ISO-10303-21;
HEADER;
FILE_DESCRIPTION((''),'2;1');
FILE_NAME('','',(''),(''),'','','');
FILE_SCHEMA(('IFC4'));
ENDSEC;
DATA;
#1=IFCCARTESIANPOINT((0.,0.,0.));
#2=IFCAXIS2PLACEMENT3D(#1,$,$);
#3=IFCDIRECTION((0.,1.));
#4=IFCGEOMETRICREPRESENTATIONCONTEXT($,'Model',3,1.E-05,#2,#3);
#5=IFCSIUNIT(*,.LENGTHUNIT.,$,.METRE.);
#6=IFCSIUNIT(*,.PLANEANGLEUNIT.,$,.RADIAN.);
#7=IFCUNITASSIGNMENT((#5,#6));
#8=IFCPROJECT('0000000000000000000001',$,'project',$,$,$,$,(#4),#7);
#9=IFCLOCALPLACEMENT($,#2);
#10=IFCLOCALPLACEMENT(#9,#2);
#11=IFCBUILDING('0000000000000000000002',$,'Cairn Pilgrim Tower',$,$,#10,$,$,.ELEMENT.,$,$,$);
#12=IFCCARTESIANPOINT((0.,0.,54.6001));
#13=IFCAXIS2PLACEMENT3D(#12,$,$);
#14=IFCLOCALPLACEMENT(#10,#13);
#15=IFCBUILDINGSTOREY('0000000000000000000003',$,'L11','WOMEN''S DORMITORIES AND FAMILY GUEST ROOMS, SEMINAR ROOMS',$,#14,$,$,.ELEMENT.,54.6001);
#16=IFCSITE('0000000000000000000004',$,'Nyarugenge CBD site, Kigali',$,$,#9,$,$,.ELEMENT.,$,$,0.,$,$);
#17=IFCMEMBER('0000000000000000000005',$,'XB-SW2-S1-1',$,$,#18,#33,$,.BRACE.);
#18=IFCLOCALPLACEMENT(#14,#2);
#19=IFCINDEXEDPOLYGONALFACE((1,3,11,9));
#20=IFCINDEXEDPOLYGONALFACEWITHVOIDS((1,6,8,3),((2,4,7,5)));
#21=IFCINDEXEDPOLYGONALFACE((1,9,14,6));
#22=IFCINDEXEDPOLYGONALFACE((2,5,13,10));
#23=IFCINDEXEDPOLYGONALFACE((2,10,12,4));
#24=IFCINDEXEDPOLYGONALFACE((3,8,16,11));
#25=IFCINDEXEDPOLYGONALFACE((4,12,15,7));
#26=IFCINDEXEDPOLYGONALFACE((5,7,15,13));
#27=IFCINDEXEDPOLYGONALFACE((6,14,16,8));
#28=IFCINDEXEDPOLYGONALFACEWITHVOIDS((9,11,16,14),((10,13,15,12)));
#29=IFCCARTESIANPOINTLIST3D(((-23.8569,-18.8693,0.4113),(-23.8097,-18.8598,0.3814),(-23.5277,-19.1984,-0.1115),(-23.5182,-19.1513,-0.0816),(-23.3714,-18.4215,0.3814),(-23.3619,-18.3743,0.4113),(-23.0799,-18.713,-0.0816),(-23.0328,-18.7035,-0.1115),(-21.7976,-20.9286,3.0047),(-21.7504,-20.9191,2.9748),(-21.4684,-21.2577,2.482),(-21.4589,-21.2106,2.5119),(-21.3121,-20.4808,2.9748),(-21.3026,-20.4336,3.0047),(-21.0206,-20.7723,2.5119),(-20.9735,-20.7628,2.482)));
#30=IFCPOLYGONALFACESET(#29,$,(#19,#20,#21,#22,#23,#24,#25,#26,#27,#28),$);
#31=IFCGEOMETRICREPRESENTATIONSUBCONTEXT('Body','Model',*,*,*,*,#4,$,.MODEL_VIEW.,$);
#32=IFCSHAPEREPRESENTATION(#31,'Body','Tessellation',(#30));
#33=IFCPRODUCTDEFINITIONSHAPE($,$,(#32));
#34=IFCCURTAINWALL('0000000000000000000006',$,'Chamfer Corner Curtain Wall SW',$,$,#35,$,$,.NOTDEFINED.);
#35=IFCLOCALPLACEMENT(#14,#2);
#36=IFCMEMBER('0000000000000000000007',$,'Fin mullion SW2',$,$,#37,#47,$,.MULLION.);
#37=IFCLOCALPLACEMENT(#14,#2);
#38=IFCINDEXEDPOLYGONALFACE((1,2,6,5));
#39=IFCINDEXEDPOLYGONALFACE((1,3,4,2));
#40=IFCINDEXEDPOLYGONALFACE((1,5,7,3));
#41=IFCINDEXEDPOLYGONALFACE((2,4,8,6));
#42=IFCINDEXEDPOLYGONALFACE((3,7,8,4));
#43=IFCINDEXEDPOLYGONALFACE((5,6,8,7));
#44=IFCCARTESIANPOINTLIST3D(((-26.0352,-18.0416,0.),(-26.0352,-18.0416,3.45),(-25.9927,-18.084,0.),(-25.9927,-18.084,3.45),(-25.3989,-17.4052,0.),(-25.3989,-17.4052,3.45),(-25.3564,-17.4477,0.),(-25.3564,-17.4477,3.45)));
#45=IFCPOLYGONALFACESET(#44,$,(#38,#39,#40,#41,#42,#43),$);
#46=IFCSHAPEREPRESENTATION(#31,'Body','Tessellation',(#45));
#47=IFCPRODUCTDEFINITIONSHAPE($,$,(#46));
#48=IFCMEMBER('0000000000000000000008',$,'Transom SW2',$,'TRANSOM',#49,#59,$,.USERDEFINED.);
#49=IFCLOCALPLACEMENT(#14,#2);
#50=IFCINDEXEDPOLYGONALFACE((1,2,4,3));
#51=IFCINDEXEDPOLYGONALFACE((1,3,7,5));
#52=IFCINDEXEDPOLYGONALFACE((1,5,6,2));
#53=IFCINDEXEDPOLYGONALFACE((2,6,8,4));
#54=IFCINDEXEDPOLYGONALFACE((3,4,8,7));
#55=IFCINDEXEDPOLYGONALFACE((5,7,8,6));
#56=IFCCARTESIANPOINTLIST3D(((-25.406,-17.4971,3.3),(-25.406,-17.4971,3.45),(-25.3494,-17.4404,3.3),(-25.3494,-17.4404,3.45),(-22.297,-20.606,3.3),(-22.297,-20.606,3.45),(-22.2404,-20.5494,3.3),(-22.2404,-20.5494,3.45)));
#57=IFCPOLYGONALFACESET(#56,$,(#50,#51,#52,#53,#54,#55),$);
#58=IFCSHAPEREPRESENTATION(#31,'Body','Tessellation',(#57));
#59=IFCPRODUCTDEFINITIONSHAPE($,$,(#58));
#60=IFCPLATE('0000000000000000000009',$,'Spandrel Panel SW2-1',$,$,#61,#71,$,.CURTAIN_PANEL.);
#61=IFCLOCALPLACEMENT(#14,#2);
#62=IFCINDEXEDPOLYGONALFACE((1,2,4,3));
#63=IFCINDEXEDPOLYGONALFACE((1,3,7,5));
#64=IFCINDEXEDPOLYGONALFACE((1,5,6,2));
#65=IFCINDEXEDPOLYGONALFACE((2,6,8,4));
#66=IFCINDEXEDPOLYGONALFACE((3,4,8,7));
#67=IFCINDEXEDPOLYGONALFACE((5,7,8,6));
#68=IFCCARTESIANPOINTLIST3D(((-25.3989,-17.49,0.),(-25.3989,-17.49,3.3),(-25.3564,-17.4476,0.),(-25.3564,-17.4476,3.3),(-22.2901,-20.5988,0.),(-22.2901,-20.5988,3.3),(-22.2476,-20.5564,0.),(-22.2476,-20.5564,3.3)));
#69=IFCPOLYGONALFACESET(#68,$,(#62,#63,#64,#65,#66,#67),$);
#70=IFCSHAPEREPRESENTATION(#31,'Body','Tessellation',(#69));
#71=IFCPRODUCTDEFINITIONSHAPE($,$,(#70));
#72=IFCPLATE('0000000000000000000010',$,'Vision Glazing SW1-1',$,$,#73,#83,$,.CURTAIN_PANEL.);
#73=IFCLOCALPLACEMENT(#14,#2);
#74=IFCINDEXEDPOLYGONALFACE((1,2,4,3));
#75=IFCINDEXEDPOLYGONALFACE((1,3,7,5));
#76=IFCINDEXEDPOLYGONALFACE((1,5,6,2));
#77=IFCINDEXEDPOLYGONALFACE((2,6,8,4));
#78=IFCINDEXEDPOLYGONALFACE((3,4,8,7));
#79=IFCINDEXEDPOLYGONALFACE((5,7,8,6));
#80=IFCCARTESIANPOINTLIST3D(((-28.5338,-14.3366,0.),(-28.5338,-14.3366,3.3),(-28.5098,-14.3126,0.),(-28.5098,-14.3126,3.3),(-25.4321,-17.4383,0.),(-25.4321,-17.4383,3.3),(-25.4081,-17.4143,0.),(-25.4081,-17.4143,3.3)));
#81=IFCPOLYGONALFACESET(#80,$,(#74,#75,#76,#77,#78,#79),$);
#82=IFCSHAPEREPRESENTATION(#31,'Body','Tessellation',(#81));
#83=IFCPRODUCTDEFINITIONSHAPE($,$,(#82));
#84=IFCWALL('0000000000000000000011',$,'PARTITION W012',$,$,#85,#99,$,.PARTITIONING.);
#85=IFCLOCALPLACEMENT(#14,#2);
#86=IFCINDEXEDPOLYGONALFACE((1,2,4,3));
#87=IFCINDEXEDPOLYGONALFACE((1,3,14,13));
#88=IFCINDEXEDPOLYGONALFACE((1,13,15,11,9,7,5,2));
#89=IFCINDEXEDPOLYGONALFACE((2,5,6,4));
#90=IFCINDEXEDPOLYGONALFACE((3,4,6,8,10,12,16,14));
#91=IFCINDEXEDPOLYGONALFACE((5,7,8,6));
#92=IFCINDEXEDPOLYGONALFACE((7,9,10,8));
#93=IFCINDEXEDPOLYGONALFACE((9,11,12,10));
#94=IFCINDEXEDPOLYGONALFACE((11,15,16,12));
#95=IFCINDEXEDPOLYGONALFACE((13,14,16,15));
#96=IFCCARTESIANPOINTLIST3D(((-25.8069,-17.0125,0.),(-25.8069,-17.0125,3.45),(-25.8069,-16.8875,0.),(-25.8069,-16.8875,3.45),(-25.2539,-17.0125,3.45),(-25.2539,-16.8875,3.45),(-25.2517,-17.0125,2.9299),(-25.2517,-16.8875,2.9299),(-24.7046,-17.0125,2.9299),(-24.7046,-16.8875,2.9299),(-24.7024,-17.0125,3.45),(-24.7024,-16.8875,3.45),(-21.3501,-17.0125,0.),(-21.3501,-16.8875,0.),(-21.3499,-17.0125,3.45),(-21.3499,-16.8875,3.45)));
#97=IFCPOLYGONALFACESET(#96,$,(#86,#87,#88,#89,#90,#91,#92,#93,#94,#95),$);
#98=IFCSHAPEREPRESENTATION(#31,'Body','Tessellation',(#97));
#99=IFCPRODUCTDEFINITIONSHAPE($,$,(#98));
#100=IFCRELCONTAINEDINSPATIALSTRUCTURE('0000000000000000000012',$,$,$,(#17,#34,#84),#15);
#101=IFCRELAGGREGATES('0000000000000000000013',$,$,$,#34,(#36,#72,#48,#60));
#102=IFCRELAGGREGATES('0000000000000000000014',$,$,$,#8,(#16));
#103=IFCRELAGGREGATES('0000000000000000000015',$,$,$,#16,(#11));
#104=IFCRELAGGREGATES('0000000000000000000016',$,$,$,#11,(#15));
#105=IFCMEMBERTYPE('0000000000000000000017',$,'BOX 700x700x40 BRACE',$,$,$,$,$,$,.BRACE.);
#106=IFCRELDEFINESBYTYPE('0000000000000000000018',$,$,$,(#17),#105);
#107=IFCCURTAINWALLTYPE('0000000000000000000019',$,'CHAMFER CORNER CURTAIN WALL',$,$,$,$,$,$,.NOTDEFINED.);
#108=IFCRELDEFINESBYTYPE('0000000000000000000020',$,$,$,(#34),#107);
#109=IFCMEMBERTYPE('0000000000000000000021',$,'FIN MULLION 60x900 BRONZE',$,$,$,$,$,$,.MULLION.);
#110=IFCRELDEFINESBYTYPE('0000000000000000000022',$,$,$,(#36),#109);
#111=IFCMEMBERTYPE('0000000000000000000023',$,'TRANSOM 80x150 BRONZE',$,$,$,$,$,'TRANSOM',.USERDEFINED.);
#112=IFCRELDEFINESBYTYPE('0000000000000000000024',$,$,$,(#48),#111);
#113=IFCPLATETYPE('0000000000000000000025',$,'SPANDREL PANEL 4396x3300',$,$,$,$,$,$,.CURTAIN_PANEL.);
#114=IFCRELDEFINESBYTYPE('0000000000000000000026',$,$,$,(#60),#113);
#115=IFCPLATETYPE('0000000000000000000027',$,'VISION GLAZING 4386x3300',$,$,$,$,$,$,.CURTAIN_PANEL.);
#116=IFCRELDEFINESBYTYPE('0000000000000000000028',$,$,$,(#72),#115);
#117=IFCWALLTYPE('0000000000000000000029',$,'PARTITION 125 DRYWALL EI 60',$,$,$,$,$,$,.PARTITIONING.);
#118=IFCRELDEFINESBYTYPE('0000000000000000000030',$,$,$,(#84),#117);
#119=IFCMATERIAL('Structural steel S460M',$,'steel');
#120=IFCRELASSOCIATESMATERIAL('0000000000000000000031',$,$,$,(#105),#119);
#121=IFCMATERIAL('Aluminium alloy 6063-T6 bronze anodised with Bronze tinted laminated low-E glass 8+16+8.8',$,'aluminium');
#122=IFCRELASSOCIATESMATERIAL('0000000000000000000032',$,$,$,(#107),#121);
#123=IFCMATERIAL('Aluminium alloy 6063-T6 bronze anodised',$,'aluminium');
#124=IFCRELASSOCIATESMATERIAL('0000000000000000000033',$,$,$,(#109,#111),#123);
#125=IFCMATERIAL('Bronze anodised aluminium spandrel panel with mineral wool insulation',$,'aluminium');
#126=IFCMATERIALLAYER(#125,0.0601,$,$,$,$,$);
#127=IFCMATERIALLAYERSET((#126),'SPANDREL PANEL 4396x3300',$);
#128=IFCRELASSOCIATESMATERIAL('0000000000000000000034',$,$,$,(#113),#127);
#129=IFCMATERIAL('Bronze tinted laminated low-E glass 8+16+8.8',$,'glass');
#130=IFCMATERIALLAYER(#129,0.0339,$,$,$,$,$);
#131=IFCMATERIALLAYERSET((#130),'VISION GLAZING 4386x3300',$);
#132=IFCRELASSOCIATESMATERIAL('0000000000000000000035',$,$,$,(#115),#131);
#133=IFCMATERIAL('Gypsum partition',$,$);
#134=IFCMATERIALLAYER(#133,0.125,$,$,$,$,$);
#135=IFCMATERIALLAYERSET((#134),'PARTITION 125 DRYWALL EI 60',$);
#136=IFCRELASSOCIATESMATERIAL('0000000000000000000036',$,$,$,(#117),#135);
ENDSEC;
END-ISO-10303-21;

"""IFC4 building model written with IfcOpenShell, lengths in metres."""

from ifc_helpers import new_model, si_unit, direction, frame, origin, origin_2d, place, context, subcontext, project, spatial, polyline, rectangle, hollow_rectangle, outline, extrude, material, layer, layer_set, material_profile, profile_set, type_object, element, aggregate, save


model = new_model("IFC4")

# Units and contexts
model_context = context("Model", 3, precision=1e-05, world=origin(), true_north=direction((0.0, 1.0)))
body_context = subcontext(model_context, "Body", "Model", "MODEL_VIEW")
ifc_project = project(units=[si_unit("LENGTHUNIT", "METRE"), si_unit("PLANEANGLEUNIT", "RADIAN")], contexts=[model_context])

# Site, building, storey
site_placement = place(None, origin())
site = spatial("IfcSite", under=ifc_project, at=site_placement, Name="Nyarugenge CBD site, Kigali", CompositionType="ELEMENT", RefElevation=0.0)
building_placement = place(site_placement, origin())
building = spatial("IfcBuilding", under=site, at=building_placement, Name="Cairn Pilgrim Tower", CompositionType="ELEMENT")
storey_placement = place(building_placement, frame((0.0, 0.0, 54.6001)))
storey = spatial("IfcBuildingStorey", under=building, at=storey_placement, Name="L11", Description="WOMEN'S DORMITORIES AND FAMILY GUEST ROOMS, SEMINAR ROOMS", CompositionType="ELEMENT", Elevation=54.6001)

# Member
ifc_material_1 = material(Name="Structural steel S460M", Category="steel")
ifc_material_profile_1 = material_profile(ifc_material_1, hollow_rectangle(XDim=0.7, YDim=0.7, WallThickness=0.04, at=origin_2d()), Name="BOX 700x700x40")
ifc_profile_set_1 = profile_set([ifc_material_profile_1], Name="Structural steel S460M")
member_type_1 = type_object("IfcMemberType", Name="BOX 700x700x40 BRACE", PredefinedType="BRACE", material=ifc_profile_set_1)
member_1_placement = place(storey_placement, frame((-23.4448, -18.7864, 0.1499), z_axis=(0.528068, -0.528068, 0.665047), x_axis=(0.707107, 0.707107, 0.0)))
element("IfcMember", 1, at=member_1_placement, inside=storey, type_object=member_type_1, Name="XB-SW2-S1-1", PredefinedType="BRACE", context=body_context, shape_type="SweptSolid", body=[
    extrude(hollow_rectangle(XDim=0.7, YDim=0.7, WallThickness=0.04, at=origin_2d()), origin(), (0.0, 0.0, 1.0), 3.8997),
])

# Curtain wall, members, plates
ifc_material_2 = material(Name="Aluminium alloy 6063-T6 bronze anodised with Bronze tinted laminated low-E glass 8+16+8.8", Category="aluminium")
curtain_wall_type = type_object("IfcCurtainWallType", Name="CHAMFER CORNER CURTAIN WALL", PredefinedType="NOTDEFINED", material=ifc_material_2)
curtain_wall_placement = place(storey_placement, origin())
curtain_wall = element("IfcCurtainWall", 2, at=curtain_wall_placement, inside=storey, type_object=curtain_wall_type, Name="Chamfer Corner Curtain Wall SW", PredefinedType="NOTDEFINED")
ifc_material_3 = material(Name="Aluminium alloy 6063-T6 bronze anodised", Category="aluminium")
ifc_material_profile_2 = material_profile(ifc_material_3, rectangle(XDim=0.8999, YDim=0.0601, at=origin_2d()), Name="FIN MULLION 60x900 BRONZE")
ifc_profile_set_2 = profile_set([ifc_material_profile_2], Name="Aluminium alloy 6063-T6 bronze anodised")
member_type_2 = type_object("IfcMemberType", Name="FIN MULLION 60x900 BRONZE", PredefinedType="MULLION", material=ifc_profile_set_2)
member_2_placement = place(storey_placement, frame((-25.6958, -17.7446, 0.0), z_axis=(0.0, 0.0, 1.0), x_axis=(-0.707107, -0.707107, 0.0)))
member_2 = element("IfcMember", 3, at=member_2_placement, type_object=member_type_2, Name="Fin mullion SW2", PredefinedType="MULLION", context=body_context, shape_type="SweptSolid", body=[
    extrude(rectangle(XDim=0.8999, YDim=0.0601, at=origin_2d()), origin(), (0.0, 0.0, 1.0), 3.45),
])
ifc_material_profile_3 = material_profile(ifc_material_3, rectangle(XDim=0.0801, YDim=0.1499, at=origin_2d()), Name="TRANSOM 80x150 BRONZE")
ifc_profile_set_3 = profile_set([ifc_material_profile_3], Name="Aluminium alloy 6063-T6 bronze anodised")
member_type_3 = type_object("IfcMemberType", Name="TRANSOM 80x150 BRONZE", ElementType="TRANSOM", PredefinedType="USERDEFINED", material=ifc_profile_set_3)
member_3_placement = place(storey_placement, frame((-25.3777, -17.4688, 3.375), z_axis=(0.707107, -0.707107, 0.0), x_axis=(0.707107, 0.707107, 0.0)))
member_3 = element("IfcMember", 4, at=member_3_placement, type_object=member_type_3, Name="Transom SW2", ObjectType="TRANSOM", PredefinedType="USERDEFINED", context=body_context, shape_type="SweptSolid", body=[
    extrude(rectangle(XDim=0.0801, YDim=0.1499, at=origin_2d()), origin(), (0.0, 0.0, 1.0), 4.3967),
])
ifc_material_4 = material(Name="Bronze anodised aluminium spandrel panel with mineral wool insulation", Category="aluminium")
ifc_layer_1 = layer(ifc_material_4, 0.0601)
ifc_layer_set_1 = layer_set([ifc_layer_1], Name="SPANDREL PANEL 4396x3300")
plate_type_1 = type_object("IfcPlateType", Name="SPANDREL PANEL 4396x3300", PredefinedType="CURTAIN_PANEL", material=ifc_layer_set_1)
plate_1_placement = place(storey_placement, frame((-23.8232, -19.0232, 0.0), z_axis=(0.0, 0.0, 1.0), x_axis=(0.707107, -0.707107, 0.0)))
plate_1 = element("IfcPlate", 5, at=plate_1_placement, type_object=plate_type_1, Name="Spandrel Panel SW2-1", PredefinedType="CURTAIN_PANEL", context=body_context, shape_type="SweptSolid", body=[
    extrude(rectangle(XDim=4.3965, YDim=0.0601, at=origin_2d()), origin(), (0.0, 0.0, 1.0), 3.3),
])
ifc_material_5 = material(Name="Bronze tinted laminated low-E glass 8+16+8.8", Category="glass")
ifc_layer_2 = layer(ifc_material_5, 0.0339)
ifc_layer_set_2 = layer_set([ifc_layer_2], Name="VISION GLAZING 4386x3300")
plate_type_2 = type_object("IfcPlateType", Name="VISION GLAZING 4386x3300", PredefinedType="CURTAIN_PANEL", material=ifc_layer_set_2)
plate_2_placement = place(storey_placement, frame((-26.9709, -15.8755, 0.0), z_axis=(0.0, 0.0, 1.0), x_axis=(0.707107, -0.707107, 0.0)))
plate_2 = element("IfcPlate", 6, at=plate_2_placement, type_object=plate_type_2, Name="Vision Glazing SW1-1", PredefinedType="CURTAIN_PANEL", context=body_context, shape_type="SweptSolid", body=[
    extrude(rectangle(XDim=4.3865, YDim=0.0339, at=origin_2d()), origin(), (0.0, 0.0, 1.0), 3.3),
])
aggregate(curtain_wall, [member_2, plate_2, member_3, plate_1])

# Wall
ifc_material_6 = material(Name="Gypsum partition")
ifc_layer_3 = layer(ifc_material_6, 0.125)
ifc_layer_set_3 = layer_set([ifc_layer_3], Name="PARTITION 125 DRYWALL EI 60")
wall_type = type_object("IfcWallType", Name="PARTITION 125 DRYWALL EI 60", PredefinedType="PARTITIONING", material=ifc_layer_set_3)
wall_placement = place(storey_placement, frame((-25.8069, -16.95, 0.0), z_axis=(0.0, 0.0, 1.0), x_axis=(1.0, 0.0, 0.0)))
element("IfcWall", 7, at=wall_placement, inside=storey, type_object=wall_type, Name="PARTITION W012", PredefinedType="PARTITIONING", context=body_context, shape_type="SweptSolid", body=[
    extrude(outline(polyline([(0.0, 0.0), (4.4568, 0.0), (4.457, 3.45), (1.1045, 3.45), (1.1023, 2.9299), (0.5552, 2.9299), (0.553, 3.45), (0.0, 3.45), (0.0, 0.0)])), frame((0.0, 0.0625, 0.0), z_axis=(0.0, -1.0, 0.0), x_axis=(1.0, 0.0, 0.0)), (0.0, 0.0, 1.0), 0.125),
])

save(model, "model.ifc")
